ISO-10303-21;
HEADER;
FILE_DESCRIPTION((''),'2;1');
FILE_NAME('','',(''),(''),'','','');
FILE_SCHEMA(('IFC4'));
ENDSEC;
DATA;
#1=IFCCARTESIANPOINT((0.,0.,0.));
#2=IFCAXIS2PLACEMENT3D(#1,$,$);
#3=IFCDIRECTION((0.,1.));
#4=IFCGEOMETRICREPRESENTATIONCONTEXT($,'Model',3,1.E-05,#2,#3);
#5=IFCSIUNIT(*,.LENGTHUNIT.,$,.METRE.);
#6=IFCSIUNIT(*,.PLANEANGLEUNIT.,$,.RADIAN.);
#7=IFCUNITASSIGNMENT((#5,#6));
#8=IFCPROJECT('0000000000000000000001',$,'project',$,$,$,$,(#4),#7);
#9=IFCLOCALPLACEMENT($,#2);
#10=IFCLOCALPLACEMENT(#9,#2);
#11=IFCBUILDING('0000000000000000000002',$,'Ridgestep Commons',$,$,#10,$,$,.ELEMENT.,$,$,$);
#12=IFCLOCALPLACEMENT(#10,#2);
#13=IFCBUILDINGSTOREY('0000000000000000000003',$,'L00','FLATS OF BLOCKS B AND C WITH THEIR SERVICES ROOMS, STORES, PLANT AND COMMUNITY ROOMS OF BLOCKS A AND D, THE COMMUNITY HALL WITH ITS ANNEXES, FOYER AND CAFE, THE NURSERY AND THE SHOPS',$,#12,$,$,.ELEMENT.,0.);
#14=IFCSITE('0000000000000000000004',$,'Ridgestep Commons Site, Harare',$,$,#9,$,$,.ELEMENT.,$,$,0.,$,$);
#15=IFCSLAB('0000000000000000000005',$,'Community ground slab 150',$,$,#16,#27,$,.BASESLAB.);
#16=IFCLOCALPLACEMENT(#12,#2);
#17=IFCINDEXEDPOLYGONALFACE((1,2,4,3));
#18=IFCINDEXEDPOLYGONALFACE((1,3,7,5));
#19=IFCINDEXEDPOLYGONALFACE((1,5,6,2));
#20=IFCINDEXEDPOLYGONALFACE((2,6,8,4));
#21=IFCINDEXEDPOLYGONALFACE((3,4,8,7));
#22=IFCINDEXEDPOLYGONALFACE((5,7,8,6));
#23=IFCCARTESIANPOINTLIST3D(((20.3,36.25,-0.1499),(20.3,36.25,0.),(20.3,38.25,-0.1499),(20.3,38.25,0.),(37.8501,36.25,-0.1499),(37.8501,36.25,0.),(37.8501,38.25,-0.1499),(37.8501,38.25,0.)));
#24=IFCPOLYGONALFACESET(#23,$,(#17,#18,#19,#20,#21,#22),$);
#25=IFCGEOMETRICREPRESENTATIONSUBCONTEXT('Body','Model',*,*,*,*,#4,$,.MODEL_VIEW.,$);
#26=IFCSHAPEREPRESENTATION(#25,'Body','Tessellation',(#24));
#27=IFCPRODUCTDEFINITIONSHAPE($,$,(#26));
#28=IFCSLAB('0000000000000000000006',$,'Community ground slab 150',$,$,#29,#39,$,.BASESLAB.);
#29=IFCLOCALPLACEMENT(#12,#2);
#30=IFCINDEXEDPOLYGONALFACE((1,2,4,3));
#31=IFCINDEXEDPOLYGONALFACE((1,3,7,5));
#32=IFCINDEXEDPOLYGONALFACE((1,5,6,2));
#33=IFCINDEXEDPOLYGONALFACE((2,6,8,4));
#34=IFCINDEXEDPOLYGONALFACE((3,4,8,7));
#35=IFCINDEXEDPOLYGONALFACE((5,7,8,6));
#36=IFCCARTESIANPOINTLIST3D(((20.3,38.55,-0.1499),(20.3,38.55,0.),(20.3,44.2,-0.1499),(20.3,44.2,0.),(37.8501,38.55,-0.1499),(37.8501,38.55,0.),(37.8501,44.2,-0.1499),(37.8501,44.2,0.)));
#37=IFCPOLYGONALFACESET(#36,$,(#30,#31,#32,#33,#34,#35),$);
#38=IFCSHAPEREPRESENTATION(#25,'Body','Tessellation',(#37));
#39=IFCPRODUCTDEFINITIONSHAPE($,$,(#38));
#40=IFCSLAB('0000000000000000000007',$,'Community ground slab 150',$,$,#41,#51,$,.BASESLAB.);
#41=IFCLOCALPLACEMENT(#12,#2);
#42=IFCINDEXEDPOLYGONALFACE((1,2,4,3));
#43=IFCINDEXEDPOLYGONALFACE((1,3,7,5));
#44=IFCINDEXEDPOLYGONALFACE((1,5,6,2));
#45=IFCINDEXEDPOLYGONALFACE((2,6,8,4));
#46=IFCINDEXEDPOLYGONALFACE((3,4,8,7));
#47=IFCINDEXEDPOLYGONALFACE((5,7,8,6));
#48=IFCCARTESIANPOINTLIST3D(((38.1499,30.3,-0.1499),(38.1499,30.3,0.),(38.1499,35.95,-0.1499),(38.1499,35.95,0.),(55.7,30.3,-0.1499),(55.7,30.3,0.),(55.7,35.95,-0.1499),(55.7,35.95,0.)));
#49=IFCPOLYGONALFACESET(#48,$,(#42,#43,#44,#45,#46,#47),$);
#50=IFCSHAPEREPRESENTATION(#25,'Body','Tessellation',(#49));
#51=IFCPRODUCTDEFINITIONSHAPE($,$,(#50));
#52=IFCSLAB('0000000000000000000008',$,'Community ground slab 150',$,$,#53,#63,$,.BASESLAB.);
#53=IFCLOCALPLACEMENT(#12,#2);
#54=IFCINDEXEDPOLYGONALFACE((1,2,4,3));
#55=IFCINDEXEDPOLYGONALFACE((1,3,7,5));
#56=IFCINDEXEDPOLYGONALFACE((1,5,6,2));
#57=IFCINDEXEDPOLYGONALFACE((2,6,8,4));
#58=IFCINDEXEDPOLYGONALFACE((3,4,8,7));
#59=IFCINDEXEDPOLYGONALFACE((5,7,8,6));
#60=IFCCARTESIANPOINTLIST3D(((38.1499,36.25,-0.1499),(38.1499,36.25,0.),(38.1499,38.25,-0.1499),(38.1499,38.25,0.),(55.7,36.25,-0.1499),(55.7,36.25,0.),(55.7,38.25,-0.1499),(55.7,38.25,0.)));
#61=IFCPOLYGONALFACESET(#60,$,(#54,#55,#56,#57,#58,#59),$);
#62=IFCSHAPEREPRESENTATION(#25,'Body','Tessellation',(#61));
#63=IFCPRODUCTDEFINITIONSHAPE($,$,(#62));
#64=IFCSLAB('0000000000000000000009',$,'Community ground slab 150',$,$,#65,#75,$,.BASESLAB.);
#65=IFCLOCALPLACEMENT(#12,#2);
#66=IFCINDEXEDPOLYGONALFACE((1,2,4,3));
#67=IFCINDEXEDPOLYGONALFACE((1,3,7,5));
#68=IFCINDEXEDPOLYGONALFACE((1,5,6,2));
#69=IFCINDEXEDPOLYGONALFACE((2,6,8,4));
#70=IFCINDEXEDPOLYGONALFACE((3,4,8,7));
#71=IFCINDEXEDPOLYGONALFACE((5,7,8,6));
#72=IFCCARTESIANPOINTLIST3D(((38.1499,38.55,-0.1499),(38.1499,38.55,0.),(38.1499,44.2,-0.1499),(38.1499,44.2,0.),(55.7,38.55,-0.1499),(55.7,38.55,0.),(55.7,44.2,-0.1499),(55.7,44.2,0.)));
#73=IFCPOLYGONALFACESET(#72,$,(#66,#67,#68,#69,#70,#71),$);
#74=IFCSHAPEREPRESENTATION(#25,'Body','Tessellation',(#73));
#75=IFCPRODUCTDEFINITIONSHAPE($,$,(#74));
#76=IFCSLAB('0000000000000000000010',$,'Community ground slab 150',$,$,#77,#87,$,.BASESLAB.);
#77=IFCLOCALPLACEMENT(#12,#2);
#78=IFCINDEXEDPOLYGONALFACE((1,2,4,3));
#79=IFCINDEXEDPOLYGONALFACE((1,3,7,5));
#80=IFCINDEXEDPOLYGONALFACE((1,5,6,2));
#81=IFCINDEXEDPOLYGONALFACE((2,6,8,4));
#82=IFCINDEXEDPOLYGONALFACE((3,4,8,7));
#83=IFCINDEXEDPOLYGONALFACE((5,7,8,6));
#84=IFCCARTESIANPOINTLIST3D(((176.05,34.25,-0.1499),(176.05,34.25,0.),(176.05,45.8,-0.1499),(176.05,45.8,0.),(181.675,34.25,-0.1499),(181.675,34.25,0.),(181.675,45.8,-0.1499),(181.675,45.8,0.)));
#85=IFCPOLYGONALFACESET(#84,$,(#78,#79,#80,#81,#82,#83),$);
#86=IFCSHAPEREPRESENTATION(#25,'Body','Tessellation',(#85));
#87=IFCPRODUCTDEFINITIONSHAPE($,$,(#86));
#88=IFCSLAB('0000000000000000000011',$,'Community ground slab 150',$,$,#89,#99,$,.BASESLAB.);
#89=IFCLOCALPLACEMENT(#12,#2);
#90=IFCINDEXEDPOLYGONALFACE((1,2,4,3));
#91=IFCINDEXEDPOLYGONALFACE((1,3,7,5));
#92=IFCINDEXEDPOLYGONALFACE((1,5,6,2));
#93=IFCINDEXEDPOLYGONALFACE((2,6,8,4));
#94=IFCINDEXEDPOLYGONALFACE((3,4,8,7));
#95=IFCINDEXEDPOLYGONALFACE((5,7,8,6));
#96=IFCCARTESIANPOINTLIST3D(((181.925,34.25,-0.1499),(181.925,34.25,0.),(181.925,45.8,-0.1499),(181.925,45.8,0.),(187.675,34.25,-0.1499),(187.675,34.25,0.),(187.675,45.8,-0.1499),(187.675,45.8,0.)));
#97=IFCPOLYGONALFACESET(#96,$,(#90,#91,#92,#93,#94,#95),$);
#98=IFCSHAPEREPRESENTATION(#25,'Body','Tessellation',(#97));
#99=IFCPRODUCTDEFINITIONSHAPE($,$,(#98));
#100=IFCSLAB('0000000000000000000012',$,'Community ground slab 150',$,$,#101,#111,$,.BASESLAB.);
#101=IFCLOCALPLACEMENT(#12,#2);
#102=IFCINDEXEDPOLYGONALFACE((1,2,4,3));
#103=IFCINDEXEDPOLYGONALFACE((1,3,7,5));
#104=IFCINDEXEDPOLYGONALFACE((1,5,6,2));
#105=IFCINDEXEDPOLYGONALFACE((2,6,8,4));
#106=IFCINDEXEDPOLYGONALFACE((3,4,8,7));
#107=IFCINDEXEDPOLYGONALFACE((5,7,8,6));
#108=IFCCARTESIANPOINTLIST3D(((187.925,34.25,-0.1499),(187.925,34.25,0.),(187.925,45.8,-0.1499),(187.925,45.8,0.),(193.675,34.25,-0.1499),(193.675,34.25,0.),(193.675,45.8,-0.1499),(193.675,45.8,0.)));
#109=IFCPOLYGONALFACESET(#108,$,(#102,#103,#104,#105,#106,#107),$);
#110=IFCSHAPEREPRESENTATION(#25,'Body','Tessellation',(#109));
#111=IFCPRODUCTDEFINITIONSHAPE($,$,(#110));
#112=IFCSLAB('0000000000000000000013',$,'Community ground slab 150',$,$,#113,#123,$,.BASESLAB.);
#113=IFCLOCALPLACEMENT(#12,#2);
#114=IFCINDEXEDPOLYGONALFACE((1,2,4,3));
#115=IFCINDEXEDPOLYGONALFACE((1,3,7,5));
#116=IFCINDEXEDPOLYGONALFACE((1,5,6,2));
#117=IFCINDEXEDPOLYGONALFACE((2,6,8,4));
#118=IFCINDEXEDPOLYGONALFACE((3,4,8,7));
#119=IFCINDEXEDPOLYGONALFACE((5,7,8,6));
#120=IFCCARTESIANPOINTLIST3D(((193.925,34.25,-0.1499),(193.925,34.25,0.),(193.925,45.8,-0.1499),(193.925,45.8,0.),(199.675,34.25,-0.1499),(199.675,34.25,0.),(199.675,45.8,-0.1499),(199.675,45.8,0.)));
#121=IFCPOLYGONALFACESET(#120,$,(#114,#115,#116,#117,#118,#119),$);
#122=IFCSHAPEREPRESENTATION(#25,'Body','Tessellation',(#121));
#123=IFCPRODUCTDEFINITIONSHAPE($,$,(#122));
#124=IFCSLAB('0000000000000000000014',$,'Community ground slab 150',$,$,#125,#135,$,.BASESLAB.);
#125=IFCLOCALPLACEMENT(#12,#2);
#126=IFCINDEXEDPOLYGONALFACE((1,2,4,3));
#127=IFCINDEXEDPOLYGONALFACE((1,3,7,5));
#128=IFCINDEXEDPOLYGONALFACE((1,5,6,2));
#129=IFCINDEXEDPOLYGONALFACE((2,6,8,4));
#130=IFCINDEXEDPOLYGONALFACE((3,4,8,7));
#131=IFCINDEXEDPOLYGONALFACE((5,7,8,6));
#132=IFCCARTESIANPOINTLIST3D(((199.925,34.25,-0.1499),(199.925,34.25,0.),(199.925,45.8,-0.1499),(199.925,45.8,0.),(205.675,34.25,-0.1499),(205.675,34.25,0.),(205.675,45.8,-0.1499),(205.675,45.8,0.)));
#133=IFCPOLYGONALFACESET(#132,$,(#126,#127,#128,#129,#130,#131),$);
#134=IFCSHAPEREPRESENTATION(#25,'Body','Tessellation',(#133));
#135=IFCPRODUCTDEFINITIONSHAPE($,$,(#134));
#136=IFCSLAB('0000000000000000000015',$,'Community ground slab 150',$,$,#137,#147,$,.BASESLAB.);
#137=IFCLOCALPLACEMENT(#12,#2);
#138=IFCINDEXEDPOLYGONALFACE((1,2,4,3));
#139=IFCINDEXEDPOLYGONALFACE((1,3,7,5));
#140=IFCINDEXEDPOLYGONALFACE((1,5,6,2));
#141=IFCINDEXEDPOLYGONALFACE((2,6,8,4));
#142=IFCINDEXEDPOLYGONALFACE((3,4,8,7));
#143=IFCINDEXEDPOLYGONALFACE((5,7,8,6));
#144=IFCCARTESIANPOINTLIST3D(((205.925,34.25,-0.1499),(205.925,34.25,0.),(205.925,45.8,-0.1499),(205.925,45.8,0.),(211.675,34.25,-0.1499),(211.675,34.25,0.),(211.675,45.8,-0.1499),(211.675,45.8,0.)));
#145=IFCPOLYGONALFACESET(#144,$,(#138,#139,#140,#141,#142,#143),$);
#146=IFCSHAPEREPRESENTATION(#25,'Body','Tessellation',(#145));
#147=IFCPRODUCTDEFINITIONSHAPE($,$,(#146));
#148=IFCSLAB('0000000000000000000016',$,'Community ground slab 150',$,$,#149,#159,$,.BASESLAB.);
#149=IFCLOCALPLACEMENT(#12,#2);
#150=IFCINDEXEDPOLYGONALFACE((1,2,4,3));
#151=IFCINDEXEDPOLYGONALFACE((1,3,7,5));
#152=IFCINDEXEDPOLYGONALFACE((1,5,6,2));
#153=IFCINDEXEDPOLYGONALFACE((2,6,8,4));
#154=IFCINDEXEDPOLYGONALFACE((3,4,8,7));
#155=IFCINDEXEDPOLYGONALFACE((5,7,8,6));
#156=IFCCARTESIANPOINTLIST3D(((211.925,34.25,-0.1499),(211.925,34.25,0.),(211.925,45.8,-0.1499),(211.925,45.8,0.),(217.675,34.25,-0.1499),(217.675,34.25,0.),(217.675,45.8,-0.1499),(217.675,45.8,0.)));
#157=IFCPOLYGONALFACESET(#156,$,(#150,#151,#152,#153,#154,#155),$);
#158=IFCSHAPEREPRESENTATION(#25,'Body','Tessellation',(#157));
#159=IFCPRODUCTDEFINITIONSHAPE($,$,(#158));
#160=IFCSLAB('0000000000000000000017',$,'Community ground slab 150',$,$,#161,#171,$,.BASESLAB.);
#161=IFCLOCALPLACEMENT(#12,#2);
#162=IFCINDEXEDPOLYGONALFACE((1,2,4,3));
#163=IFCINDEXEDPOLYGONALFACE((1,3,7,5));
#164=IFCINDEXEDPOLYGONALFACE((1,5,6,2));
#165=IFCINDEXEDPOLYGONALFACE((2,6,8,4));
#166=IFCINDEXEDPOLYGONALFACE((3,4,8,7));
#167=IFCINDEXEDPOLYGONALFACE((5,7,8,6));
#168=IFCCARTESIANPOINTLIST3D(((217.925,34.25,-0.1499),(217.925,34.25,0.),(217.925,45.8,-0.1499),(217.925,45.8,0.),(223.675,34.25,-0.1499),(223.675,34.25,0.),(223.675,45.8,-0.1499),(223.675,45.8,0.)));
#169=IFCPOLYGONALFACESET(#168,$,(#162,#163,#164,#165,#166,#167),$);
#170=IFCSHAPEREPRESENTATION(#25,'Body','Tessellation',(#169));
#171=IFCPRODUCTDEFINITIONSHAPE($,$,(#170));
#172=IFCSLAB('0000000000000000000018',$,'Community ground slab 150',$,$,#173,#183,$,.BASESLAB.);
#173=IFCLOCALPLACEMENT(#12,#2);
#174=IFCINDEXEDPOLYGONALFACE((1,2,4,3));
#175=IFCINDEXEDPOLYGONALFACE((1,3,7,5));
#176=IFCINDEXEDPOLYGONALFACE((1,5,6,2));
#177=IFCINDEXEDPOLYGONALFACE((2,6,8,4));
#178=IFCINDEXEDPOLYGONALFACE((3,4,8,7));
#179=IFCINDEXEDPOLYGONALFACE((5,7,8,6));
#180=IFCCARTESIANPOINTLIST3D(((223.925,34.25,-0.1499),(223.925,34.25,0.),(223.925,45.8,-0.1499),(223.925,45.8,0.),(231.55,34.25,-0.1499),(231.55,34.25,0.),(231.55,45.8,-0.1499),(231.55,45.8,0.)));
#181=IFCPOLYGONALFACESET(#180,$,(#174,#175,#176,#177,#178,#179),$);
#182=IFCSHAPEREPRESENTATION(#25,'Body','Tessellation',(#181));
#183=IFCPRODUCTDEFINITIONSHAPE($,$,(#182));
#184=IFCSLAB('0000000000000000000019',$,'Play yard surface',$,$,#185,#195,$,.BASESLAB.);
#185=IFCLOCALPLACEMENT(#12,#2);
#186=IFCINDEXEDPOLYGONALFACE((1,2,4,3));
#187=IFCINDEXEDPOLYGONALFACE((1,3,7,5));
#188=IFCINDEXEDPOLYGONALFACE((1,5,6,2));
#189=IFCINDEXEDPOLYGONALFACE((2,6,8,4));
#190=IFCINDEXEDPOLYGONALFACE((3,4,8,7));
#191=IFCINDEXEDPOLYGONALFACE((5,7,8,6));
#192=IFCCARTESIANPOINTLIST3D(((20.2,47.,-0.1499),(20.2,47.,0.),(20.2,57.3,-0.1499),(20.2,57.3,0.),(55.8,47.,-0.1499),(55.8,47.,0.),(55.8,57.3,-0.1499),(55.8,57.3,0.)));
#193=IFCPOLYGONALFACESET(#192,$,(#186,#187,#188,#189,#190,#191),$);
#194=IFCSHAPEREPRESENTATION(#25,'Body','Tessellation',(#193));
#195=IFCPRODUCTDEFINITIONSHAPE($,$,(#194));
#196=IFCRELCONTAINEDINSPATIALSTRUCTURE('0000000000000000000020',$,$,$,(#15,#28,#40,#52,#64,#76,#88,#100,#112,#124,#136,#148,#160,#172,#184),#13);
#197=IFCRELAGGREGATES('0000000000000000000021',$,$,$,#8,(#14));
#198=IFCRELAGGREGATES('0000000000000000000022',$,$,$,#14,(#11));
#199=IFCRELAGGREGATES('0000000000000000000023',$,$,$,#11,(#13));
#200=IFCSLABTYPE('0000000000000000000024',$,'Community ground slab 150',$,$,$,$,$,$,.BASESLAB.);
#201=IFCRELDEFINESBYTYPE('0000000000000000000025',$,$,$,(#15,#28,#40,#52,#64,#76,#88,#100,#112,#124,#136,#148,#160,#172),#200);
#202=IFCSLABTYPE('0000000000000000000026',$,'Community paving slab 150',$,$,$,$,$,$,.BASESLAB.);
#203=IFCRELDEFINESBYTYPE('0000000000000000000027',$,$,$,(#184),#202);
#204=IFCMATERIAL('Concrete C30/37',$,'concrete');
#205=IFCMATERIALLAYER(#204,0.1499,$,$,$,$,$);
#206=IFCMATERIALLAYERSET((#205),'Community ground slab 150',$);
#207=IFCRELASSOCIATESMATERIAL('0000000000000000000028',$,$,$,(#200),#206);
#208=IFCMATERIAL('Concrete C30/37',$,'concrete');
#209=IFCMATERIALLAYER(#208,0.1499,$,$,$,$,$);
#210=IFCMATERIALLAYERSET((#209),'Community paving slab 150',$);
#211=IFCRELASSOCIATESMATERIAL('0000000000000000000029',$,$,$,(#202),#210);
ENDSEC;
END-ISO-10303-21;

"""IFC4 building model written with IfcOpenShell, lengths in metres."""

from ifc_helpers import new_model, si_unit, direction, frame, origin, place, context, subcontext, project, spatial, polyline, outline, extrude, material, layer, layer_set, type_object, element, save


model = new_model("IFC4")

# Units and contexts
model_context = context("Model", 3, precision=1e-05, world=origin(), true_north=direction((0.0, 1.0)))
body_context = subcontext(model_context, "Body", "Model", "MODEL_VIEW")
ifc_project = project(units=[si_unit("LENGTHUNIT", "METRE"), si_unit("PLANEANGLEUNIT", "RADIAN")], contexts=[model_context])

# Site, building, storey
site_placement = place(None, origin())
site = spatial("IfcSite", under=ifc_project, at=site_placement, Name="Ridgestep Commons Site, Harare", CompositionType="ELEMENT", RefElevation=0.0)
building_placement = place(site_placement, origin())
building = spatial("IfcBuilding", under=site, at=building_placement, Name="Ridgestep Commons", CompositionType="ELEMENT")
storey_placement = place(building_placement, origin())
storey = spatial("IfcBuildingStorey", under=building, at=storey_placement, Name="L00", Description="FLATS OF BLOCKS B AND C WITH THEIR SERVICES ROOMS, STORES, PLANT AND COMMUNITY ROOMS OF BLOCKS A AND D, THE COMMUNITY HALL WITH ITS ANNEXES, FOYER AND CAFE, THE NURSERY AND THE SHOPS", CompositionType="ELEMENT", Elevation=0.0)

# Slabs
ifc_material_1 = material(Name="Concrete C30/37", Category="concrete")
ifc_layer_1 = layer(ifc_material_1, 0.1499)
ifc_layer_set_1 = layer_set([ifc_layer_1], Name="Community ground slab 150")
slab_type_1 = type_object("IfcSlabType", Name="Community ground slab 150", PredefinedType="BASESLAB", material=ifc_layer_set_1)
slab_1_placement = place(storey_placement, frame((0.0, 0.0, -0.1499)))
element("IfcSlab", 1, at=slab_1_placement, inside=storey, type_object=slab_type_1, Name="Community ground slab 150", PredefinedType="BASESLAB", context=body_context, shape_type="SweptSolid", body=[
    extrude(outline(polyline([(20.3, 36.25), (37.8501, 36.25), (37.8501, 38.25), (20.3, 38.25), (20.3, 36.25)])), origin(), (0.0, 0.0, 1.0), 0.1499),
])
slab_2_placement = place(storey_placement, frame((0.0, 0.0, -0.1499)))
element("IfcSlab", 2, at=slab_2_placement, inside=storey, type_object=slab_type_1, Name="Community ground slab 150", PredefinedType="BASESLAB", context=body_context, shape_type="SweptSolid", body=[
    extrude(outline(polyline([(20.3, 38.55), (37.8501, 38.55), (37.8501, 44.2), (20.3, 44.2), (20.3, 38.55)])), origin(), (0.0, 0.0, 1.0), 0.1499),
])
slab_3_placement = place(storey_placement, frame((0.0, 0.0, -0.1499)))
element("IfcSlab", 3, at=slab_3_placement, inside=storey, type_object=slab_type_1, Name="Community ground slab 150", PredefinedType="BASESLAB", context=body_context, shape_type="SweptSolid", body=[
    extrude(outline(polyline([(38.1499, 30.3), (55.7, 30.3), (55.7, 35.95), (38.1499, 35.95), (38.1499, 30.3)])), origin(), (0.0, 0.0, 1.0), 0.1499),
])
slab_4_placement = place(storey_placement, frame((0.0, 0.0, -0.1499)))
element("IfcSlab", 4, at=slab_4_placement, inside=storey, type_object=slab_type_1, Name="Community ground slab 150", PredefinedType="BASESLAB", context=body_context, shape_type="SweptSolid", body=[
    extrude(outline(polyline([(38.1499, 36.25), (55.7, 36.25), (55.7, 38.25), (38.1499, 38.25), (38.1499, 36.25)])), origin(), (0.0, 0.0, 1.0), 0.1499),
])
slab_5_placement = place(storey_placement, frame((0.0, 0.0, -0.1499)))
element("IfcSlab", 5, at=slab_5_placement, inside=storey, type_object=slab_type_1, Name="Community ground slab 150", PredefinedType="BASESLAB", context=body_context, shape_type="SweptSolid", body=[
    extrude(outline(polyline([(38.1499, 38.55), (55.7, 38.55), (55.7, 44.2), (38.1499, 44.2), (38.1499, 38.55)])), origin(), (0.0, 0.0, 1.0), 0.1499),
])
slab_6_placement = place(storey_placement, frame((0.0, 0.0, -0.1499)))
element("IfcSlab", 6, at=slab_6_placement, inside=storey, type_object=slab_type_1, Name="Community ground slab 150", PredefinedType="BASESLAB", context=body_context, shape_type="SweptSolid", body=[
    extrude(outline(polyline([(176.05, 34.25), (181.675, 34.25), (181.675, 45.8), (176.05, 45.8), (176.05, 34.25)])), origin(), (0.0, 0.0, 1.0), 0.1499),
])
slab_7_placement = place(storey_placement, frame((0.0, 0.0, -0.1499)))
element("IfcSlab", 7, at=slab_7_placement, inside=storey, type_object=slab_type_1, Name="Community ground slab 150", PredefinedType="BASESLAB", context=body_context, shape_type="SweptSolid", body=[
    extrude(outline(polyline([(181.925, 34.25), (187.675, 34.25), (187.675, 45.8), (181.925, 45.8), (181.925, 34.25)])), origin(), (0.0, 0.0, 1.0), 0.1499),
])
slab_8_placement = place(storey_placement, frame((0.0, 0.0, -0.1499)))
element("IfcSlab", 8, at=slab_8_placement, inside=storey, type_object=slab_type_1, Name="Community ground slab 150", PredefinedType="BASESLAB", context=body_context, shape_type="SweptSolid", body=[
    extrude(outline(polyline([(187.925, 34.25), (193.675, 34.25), (193.675, 45.8), (187.925, 45.8), (187.925, 34.25)])), origin(), (0.0, 0.0, 1.0), 0.1499),
])
slab_9_placement = place(storey_placement, frame((0.0, 0.0, -0.1499)))
element("IfcSlab", 9, at=slab_9_placement, inside=storey, type_object=slab_type_1, Name="Community ground slab 150", PredefinedType="BASESLAB", context=body_context, shape_type="SweptSolid", body=[
    extrude(outline(polyline([(193.925, 34.25), (199.675, 34.25), (199.675, 45.8), (193.925, 45.8), (193.925, 34.25)])), origin(), (0.0, 0.0, 1.0), 0.1499),
])
slab_10_placement = place(storey_placement, frame((0.0, 0.0, -0.1499)))
element("IfcSlab", 10, at=slab_10_placement, inside=storey, type_object=slab_type_1, Name="Community ground slab 150", PredefinedType="BASESLAB", context=body_context, shape_type="SweptSolid", body=[
    extrude(outline(polyline([(199.925, 34.25), (205.675, 34.25), (205.675, 45.8), (199.925, 45.8), (199.925, 34.25)])), origin(), (0.0, 0.0, 1.0), 0.1499),
])
slab_11_placement = place(storey_placement, frame((0.0, 0.0, -0.1499)))
element("IfcSlab", 11, at=slab_11_placement, inside=storey, type_object=slab_type_1, Name="Community ground slab 150", PredefinedType="BASESLAB", context=body_context, shape_type="SweptSolid", body=[
    extrude(outline(polyline([(205.925, 34.25), (211.675, 34.25), (211.675, 45.8), (205.925, 45.8), (205.925, 34.25)])), origin(), (0.0, 0.0, 1.0), 0.1499),
])
slab_12_placement = place(storey_placement, frame((0.0, 0.0, -0.1499)))
element("IfcSlab", 12, at=slab_12_placement, inside=storey, type_object=slab_type_1, Name="Community ground slab 150", PredefinedType="BASESLAB", context=body_context, shape_type="SweptSolid", body=[
    extrude(outline(polyline([(211.925, 34.25), (217.675, 34.25), (217.675, 45.8), (211.925, 45.8), (211.925, 34.25)])), origin(), (0.0, 0.0, 1.0), 0.1499),
])
slab_13_placement = place(storey_placement, frame((0.0, 0.0, -0.1499)))
element("IfcSlab", 13, at=slab_13_placement, inside=storey, type_object=slab_type_1, Name="Community ground slab 150", PredefinedType="BASESLAB", context=body_context, shape_type="SweptSolid", body=[
    extrude(outline(polyline([(217.925, 34.25), (223.675, 34.25), (223.675, 45.8), (217.925, 45.8), (217.925, 34.25)])), origin(), (0.0, 0.0, 1.0), 0.1499),
])
slab_14_placement = place(storey_placement, frame((0.0, 0.0, -0.1499)))
element("IfcSlab", 14, at=slab_14_placement, inside=storey, type_object=slab_type_1, Name="Community ground slab 150", PredefinedType="BASESLAB", context=body_context, shape_type="SweptSolid", body=[
    extrude(outline(polyline([(223.925, 34.25), (231.55, 34.25), (231.55, 45.8), (223.925, 45.8), (223.925, 34.25)])), origin(), (0.0, 0.0, 1.0), 0.1499),
])
ifc_material_2 = material(Name="Concrete C30/37", Category="concrete")
ifc_layer_2 = layer(ifc_material_2, 0.1499)
ifc_layer_set_2 = layer_set([ifc_layer_2], Name="Community paving slab 150")
slab_type_2 = type_object("IfcSlabType", Name="Community paving slab 150", PredefinedType="BASESLAB", material=ifc_layer_set_2)
slab_15_placement = place(storey_placement, frame((0.0, 0.0, -0.1499)))
element("IfcSlab", 15, at=slab_15_placement, inside=storey, type_object=slab_type_2, Name="Play yard surface", PredefinedType="BASESLAB", context=body_context, shape_type="SweptSolid", body=[
    extrude(outline(polyline([(20.2, 47.0), (55.8, 47.0), (55.8, 57.3), (20.2, 57.3), (20.2, 47.0)])), origin(), (0.0, 0.0, 1.0), 0.1499),
])

save(model, "model.ifc")
